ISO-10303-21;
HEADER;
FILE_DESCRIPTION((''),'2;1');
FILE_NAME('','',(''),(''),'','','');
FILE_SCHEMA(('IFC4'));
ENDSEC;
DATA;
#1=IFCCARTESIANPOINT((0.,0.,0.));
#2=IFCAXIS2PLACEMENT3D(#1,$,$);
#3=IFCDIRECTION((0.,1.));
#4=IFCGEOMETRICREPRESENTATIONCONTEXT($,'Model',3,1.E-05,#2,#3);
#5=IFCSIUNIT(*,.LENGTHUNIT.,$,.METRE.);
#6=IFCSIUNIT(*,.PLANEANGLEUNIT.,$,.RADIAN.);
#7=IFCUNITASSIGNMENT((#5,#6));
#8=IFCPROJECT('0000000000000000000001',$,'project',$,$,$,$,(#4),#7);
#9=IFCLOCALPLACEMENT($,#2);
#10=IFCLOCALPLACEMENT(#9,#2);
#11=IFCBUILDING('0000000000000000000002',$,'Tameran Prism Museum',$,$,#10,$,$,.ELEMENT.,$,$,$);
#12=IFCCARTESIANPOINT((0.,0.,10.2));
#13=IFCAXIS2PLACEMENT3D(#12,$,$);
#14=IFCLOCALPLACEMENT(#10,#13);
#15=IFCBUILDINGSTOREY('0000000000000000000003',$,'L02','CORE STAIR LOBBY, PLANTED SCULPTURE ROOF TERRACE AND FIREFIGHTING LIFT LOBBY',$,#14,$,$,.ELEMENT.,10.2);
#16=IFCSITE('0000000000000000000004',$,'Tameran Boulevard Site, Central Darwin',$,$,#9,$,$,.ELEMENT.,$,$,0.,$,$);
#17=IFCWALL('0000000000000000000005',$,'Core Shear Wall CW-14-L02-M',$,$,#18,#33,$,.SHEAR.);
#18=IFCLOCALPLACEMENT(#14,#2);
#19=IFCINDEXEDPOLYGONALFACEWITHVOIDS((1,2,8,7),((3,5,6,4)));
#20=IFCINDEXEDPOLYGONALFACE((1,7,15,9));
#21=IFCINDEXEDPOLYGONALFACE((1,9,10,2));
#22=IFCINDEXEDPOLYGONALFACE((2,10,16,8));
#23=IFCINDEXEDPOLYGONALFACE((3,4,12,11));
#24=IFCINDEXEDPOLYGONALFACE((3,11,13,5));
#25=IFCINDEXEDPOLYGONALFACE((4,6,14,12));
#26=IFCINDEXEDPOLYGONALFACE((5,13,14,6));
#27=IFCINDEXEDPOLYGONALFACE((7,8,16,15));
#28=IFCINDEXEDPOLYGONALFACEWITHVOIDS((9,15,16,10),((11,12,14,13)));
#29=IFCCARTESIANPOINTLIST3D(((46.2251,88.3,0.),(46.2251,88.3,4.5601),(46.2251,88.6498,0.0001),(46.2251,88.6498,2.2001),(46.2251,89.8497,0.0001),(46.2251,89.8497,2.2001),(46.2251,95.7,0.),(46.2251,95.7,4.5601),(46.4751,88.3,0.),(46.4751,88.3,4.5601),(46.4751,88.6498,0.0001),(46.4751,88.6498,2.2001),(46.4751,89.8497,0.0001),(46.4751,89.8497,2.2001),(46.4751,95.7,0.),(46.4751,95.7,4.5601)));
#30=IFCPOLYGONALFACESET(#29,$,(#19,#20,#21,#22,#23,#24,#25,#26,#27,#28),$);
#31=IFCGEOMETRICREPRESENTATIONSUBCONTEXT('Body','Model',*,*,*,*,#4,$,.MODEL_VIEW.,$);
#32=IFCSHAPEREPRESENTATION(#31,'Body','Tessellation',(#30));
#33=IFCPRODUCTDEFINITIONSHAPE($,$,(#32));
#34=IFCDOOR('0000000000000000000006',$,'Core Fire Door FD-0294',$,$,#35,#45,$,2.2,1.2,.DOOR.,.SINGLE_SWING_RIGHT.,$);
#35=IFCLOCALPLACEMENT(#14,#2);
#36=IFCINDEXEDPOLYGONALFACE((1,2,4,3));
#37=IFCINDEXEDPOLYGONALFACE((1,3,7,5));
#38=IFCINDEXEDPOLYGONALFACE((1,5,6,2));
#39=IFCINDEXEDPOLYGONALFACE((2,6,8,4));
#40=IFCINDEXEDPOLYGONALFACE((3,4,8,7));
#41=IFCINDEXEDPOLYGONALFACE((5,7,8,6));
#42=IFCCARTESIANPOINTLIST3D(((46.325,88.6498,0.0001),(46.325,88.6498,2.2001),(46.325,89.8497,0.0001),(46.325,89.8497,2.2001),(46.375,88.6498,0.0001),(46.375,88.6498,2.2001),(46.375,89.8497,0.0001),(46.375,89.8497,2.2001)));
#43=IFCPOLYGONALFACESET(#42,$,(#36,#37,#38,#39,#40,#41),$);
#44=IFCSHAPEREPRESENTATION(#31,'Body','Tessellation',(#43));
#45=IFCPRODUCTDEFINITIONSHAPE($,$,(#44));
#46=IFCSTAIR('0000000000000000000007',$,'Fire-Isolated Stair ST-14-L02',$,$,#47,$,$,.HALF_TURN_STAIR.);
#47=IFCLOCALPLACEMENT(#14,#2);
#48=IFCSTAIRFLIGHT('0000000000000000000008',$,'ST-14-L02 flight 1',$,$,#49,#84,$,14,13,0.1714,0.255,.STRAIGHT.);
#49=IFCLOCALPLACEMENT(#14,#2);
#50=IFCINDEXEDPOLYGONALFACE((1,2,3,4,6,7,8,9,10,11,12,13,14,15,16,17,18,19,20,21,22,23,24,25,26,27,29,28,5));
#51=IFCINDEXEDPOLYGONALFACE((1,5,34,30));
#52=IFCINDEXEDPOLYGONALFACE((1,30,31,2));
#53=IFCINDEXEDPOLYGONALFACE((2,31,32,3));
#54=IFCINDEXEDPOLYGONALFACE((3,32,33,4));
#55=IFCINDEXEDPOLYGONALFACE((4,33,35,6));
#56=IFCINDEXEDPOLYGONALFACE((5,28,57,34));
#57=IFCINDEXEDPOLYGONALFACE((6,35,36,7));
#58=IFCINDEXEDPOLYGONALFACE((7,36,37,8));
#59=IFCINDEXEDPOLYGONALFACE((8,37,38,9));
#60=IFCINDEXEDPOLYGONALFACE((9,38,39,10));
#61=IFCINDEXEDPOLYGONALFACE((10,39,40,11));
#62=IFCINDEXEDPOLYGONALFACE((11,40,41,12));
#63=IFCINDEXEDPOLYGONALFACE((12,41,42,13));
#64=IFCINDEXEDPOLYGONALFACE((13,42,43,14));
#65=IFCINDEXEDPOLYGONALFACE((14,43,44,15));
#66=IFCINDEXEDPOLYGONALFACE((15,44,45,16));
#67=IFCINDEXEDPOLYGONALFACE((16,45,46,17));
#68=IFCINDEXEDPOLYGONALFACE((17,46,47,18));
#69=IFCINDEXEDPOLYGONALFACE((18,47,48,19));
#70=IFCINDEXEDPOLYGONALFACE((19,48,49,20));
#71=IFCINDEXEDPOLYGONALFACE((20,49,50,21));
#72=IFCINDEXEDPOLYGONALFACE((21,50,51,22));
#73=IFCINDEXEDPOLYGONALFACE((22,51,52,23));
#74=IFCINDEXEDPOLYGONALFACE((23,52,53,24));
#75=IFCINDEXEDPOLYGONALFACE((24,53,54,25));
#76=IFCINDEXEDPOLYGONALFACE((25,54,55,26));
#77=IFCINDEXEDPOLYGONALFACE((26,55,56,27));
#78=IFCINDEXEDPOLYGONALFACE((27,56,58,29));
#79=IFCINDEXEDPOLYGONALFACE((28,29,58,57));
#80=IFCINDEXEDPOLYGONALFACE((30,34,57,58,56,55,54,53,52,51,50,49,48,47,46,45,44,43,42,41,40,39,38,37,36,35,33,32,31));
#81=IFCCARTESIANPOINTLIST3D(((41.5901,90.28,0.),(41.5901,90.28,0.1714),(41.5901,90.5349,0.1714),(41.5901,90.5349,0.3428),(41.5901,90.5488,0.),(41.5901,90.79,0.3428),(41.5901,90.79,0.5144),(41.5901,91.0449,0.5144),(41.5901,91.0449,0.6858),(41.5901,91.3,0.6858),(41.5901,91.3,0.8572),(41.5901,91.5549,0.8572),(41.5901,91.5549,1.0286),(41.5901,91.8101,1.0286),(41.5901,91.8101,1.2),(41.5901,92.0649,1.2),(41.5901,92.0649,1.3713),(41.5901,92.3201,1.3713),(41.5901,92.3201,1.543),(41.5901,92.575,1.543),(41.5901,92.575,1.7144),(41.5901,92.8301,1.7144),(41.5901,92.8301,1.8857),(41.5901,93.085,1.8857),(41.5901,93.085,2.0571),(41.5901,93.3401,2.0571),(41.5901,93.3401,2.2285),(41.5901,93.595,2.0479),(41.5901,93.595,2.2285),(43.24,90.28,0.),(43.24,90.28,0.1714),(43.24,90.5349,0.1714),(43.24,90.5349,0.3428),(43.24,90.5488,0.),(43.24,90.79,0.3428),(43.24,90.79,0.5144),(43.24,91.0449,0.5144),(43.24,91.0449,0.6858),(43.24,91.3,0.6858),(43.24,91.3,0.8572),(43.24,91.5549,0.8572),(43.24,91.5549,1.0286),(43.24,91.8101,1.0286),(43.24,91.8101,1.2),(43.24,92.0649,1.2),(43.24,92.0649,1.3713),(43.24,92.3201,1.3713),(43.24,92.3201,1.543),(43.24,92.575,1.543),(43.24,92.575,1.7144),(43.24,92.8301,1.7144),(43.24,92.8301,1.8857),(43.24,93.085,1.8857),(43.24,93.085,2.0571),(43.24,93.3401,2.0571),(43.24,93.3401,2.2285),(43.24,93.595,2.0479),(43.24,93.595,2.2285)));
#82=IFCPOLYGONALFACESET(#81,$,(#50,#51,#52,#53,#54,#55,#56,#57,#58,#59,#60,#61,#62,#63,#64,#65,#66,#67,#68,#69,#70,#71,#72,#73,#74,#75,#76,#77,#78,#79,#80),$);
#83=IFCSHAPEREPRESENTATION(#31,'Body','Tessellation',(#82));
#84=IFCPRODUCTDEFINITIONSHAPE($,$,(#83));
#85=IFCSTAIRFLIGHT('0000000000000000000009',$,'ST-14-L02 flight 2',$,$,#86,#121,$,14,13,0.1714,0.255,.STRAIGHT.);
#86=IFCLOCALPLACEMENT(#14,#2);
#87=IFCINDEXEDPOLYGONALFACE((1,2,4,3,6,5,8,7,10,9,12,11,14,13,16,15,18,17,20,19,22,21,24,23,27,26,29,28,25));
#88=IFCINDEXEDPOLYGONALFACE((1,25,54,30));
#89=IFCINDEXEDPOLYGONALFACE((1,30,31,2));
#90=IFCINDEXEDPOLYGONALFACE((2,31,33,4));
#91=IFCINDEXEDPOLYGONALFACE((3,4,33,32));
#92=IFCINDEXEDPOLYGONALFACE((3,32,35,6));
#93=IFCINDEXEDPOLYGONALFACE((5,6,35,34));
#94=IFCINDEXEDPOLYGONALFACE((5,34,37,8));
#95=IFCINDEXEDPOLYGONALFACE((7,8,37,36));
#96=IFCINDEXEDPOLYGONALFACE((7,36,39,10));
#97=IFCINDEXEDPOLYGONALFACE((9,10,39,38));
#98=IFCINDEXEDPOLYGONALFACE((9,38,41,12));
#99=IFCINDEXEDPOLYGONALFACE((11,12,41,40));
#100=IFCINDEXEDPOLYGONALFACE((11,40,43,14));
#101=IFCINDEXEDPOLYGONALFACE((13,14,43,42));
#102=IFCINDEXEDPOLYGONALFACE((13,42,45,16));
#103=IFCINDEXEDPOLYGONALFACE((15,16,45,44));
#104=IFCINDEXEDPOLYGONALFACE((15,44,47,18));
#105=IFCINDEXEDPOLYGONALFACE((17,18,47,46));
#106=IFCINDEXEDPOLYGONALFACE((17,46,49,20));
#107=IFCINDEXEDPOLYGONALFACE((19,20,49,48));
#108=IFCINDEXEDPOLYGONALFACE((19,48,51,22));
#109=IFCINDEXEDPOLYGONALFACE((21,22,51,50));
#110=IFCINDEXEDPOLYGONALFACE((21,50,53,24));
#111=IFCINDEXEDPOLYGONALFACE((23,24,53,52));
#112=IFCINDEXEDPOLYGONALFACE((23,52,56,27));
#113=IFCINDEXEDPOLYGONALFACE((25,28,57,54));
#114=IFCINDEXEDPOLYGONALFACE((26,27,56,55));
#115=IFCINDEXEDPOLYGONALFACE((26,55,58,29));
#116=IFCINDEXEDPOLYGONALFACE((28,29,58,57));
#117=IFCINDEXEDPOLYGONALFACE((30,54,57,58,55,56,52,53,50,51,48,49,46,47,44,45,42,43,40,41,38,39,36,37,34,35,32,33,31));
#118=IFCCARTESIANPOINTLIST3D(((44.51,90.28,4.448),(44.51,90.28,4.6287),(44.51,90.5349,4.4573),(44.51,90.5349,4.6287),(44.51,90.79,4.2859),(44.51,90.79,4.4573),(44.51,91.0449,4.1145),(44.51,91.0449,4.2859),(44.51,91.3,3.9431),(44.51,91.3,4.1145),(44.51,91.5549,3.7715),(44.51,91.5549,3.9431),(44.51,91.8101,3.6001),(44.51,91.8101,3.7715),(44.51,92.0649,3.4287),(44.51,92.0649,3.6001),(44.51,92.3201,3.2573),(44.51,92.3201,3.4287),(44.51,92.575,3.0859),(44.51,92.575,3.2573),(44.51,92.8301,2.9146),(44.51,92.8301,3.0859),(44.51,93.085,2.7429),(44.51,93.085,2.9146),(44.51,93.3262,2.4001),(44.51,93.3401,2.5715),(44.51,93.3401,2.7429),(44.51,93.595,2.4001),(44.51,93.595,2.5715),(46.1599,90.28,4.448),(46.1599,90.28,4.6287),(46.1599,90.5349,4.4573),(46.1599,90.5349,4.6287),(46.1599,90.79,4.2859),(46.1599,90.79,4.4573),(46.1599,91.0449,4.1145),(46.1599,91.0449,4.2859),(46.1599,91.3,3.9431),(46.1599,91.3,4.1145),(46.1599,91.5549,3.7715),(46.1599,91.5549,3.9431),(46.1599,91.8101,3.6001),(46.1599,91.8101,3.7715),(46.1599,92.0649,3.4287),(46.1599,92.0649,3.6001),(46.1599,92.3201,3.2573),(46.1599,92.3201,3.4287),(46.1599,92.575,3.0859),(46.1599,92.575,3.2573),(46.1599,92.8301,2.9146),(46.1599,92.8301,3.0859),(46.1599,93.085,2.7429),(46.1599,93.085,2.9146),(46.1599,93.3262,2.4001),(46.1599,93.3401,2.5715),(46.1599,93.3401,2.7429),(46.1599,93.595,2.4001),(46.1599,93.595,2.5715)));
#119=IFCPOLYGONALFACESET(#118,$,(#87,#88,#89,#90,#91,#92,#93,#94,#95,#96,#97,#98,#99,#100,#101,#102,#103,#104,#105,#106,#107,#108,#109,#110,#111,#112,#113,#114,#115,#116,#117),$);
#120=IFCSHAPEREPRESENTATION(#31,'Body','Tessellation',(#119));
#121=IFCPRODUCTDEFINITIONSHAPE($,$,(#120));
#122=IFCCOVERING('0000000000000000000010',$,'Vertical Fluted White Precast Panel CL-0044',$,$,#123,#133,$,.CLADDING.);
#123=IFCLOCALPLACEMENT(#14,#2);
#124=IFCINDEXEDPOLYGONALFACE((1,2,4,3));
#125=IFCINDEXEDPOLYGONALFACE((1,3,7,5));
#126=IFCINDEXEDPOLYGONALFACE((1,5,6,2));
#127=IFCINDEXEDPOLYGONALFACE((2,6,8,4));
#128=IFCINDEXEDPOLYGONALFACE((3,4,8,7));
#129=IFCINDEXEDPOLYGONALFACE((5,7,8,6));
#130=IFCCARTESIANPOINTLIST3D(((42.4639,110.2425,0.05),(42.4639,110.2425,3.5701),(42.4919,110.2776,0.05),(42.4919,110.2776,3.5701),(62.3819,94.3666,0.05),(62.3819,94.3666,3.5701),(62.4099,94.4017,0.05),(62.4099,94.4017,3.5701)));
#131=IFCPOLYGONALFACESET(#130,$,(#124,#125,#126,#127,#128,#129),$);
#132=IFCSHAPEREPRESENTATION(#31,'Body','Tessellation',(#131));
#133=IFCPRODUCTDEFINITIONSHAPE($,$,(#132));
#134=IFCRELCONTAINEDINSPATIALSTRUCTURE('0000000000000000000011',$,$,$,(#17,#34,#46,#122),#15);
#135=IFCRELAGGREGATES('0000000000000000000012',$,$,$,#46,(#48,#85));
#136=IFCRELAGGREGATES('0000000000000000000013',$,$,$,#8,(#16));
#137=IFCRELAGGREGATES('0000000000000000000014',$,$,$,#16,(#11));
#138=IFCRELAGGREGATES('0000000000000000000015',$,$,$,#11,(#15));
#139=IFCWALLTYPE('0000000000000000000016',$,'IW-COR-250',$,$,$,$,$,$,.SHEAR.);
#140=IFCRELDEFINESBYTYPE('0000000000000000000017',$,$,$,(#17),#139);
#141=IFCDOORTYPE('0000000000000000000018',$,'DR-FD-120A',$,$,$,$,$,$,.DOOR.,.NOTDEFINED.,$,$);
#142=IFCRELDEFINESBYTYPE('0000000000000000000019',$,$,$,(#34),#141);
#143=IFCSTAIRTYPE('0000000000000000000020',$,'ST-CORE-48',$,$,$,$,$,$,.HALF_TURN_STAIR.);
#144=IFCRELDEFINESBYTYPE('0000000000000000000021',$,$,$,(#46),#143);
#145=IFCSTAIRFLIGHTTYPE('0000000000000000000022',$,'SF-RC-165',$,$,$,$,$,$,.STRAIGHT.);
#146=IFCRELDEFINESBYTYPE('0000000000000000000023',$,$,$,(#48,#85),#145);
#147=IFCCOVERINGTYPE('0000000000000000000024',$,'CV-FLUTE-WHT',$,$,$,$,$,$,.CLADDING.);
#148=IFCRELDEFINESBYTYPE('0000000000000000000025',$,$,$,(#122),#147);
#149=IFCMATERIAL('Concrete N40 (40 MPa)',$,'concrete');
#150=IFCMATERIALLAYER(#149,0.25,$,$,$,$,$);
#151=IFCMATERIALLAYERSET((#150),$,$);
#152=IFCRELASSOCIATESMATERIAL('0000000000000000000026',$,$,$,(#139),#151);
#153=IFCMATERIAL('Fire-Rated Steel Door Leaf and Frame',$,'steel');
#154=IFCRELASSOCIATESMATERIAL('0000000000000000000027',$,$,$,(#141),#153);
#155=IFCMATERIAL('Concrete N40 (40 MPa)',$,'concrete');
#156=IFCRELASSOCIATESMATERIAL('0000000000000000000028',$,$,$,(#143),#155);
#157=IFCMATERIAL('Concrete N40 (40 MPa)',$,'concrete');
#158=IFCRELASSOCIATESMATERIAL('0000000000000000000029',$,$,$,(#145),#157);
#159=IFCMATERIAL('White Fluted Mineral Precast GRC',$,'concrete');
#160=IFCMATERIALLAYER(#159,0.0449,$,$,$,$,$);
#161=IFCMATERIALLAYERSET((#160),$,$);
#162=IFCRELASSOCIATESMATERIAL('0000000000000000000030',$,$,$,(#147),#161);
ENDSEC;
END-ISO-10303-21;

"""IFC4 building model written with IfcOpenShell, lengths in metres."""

from ifc_helpers import new_model, si_unit, direction, frame, frame_2d, origin, place, context, subcontext, project, spatial, polyline, rectangle, outline, extrude, material, layer, layer_set, type_object, element, fill, aggregate, save


model = new_model("IFC4")

# Units and contexts
model_context = context("Model", 3, precision=1e-05, world=origin(), true_north=direction((0.0, 1.0)))
body_context = subcontext(model_context, "Body", "Model", "MODEL_VIEW")
ifc_project = project(units=[si_unit("LENGTHUNIT", "METRE"), si_unit("PLANEANGLEUNIT", "RADIAN")], contexts=[model_context])

# Site, building, storey
site_placement = place(None, origin())
site = spatial("IfcSite", under=ifc_project, at=site_placement, Name="Tameran Boulevard Site, Central Darwin", CompositionType="ELEMENT", RefElevation=0.0)
building_placement = place(site_placement, origin())
building = spatial("IfcBuilding", under=site, at=building_placement, Name="Tameran Prism Museum", CompositionType="ELEMENT")
storey_placement = place(building_placement, frame((0.0, 0.0, 10.2)))
storey = spatial("IfcBuildingStorey", under=building, at=storey_placement, Name="L02", Description="CORE STAIR LOBBY, PLANTED SCULPTURE ROOF TERRACE AND FIREFIGHTING LIFT LOBBY", CompositionType="ELEMENT", Elevation=10.2)

# Shared definitions
ifc_material_1 = material(Name="Concrete N40 (40 MPa)", Category="concrete")
ifc_layer_1 = layer(ifc_material_1, 0.25)
ifc_layer_set_1 = layer_set([ifc_layer_1])
wall_type_1 = type_object("IfcWallType", Name="IW-COR-250", PredefinedType="SHEAR", material=ifc_layer_set_1)

# Wall, opening, door
ifc_material_2 = material(Name="Fire-Rated Steel Door Leaf and Frame", Category="steel")
door_type = type_object("IfcDoorType", Name="DR-FD-120A", OperationType="NOTDEFINED", PredefinedType="DOOR", material=ifc_material_2)
wall_1_placement = place(storey_placement, frame((46.3501, 95.7, 0.0), z_axis=(0.0, 0.0, 1.0), x_axis=(0.0, -1.0, 0.0)))
wall_1 = element("IfcWall", 1, at=wall_1_placement, inside=storey, type_object=wall_type_1, Name="Core Shear Wall CW-14-L02-M", PredefinedType="SHEAR", context=body_context, shape_type="SweptSolid", body=[
    extrude(rectangle(XDim=7.3999, YDim=0.25, at=frame_2d((3.7, 0.0))), origin(), (0.0, 0.0, 1.0), 4.5601),
])
opening_1_placement = place(wall_1_placement, frame((5.8501, 0.0, 0.0)))
opening_1 = element("IfcOpeningElement", 2, at=opening_1_placement, cuts=wall_1, PredefinedType="OPENING", context=body_context, shape_type="SweptSolid", body=[
    extrude(rectangle(XDim=1.2, YDim=2.2, at=frame_2d((0.6001, 1.1001))), frame((0.0, 0.135, 0.0), z_axis=(0.0, -1.0, 0.0), x_axis=(1.0, 0.0, 0.0)), (0.0, 0.0, 1.0), 0.27),
])
door_1_placement = place(opening_1_placement, origin())
door_1 = element("IfcDoor", 3, at=door_1_placement, inside=storey, type_object=door_type, Name="Core Fire Door FD-0294", OperationType="SINGLE_SWING_RIGHT", OverallHeight=2.2, OverallWidth=1.2, PredefinedType="DOOR", context=body_context, shape_type="SweptSolid", body=[
    extrude(rectangle(XDim=1.2, YDim=2.2, at=frame_2d((0.6001, 1.1001))), frame((0.0, 0.0249, 0.0), z_axis=(0.0, -1.0, 0.0), x_axis=(1.0, 0.0, 0.0)), (0.0, 0.0, 1.0), 0.05),
])
fill(opening_1, door_1)

# Stair, stair flights
ifc_material_3 = material(Name="Concrete N40 (40 MPa)", Category="concrete")
stair_type = type_object("IfcStairType", Name="ST-CORE-48", PredefinedType="HALF_TURN_STAIR", material=ifc_material_3)
stair_placement = place(storey_placement, origin())
stair = element("IfcStair", 4, at=stair_placement, inside=storey, type_object=stair_type, Name="Fire-Isolated Stair ST-14-L02", PredefinedType="HALF_TURN_STAIR")
ifc_material_4 = material(Name="Concrete N40 (40 MPa)", Category="concrete")
stair_flight_type = type_object("IfcStairFlightType", Name="SF-RC-165", PredefinedType="STRAIGHT", material=ifc_material_4)
stair_flight_1_placement = place(storey_placement, frame((42.415, 90.28, 0.0), z_axis=(0.0, 0.0, 1.0), x_axis=(0.0, 1.0, 0.0)))
stair_flight_1 = element("IfcStairFlight", 5, at=stair_flight_1_placement, type_object=stair_flight_type, Name="ST-14-L02 flight 1", NumberOfRisers=14, NumberOfTreads=13, PredefinedType="STRAIGHT", RiserHeight=0.1714, TreadLength=0.255, context=body_context, shape_type="SweptSolid", body=[
    extrude(outline(polyline([(0.0, 0.0), (0.0, 0.1714), (0.2549, 0.1714), (0.2549, 0.3428), (0.51, 0.3428), (0.51, 0.5144), (0.7649, 0.5144), (0.7649, 0.6858), (1.02, 0.6858), (1.02, 0.8572), (1.2749, 0.8572), (1.2749, 1.0286), (1.53, 1.0286), (1.53, 1.2), (1.7849, 1.2), (1.7849, 1.3713), (2.04, 1.3713), (2.04, 1.543), (2.2949, 1.543), (2.2949, 1.7144), (2.55, 1.7144), (2.55, 1.8857), (2.8049, 1.8857), (2.8049, 2.0571), (3.0601, 2.0571), (3.0601, 2.2285), (3.3149, 2.2285), (3.3149, 2.3999), (3.3149, 2.0479), (0.2688, 0.0), (0.0, 0.0)])), frame((0.0, 0.825, 0.0), z_axis=(0.0, -1.0, 0.0), x_axis=(1.0, 0.0, 0.0)), (0.0, 0.0, 1.0), 1.6499),
])
stair_flight_2_placement = place(storey_placement, frame((45.335, 93.595, 2.4001), z_axis=(0.0, 0.0, 1.0), x_axis=(0.0, -1.0, 0.0)))
stair_flight_2 = element("IfcStairFlight", 6, at=stair_flight_2_placement, type_object=stair_flight_type, Name="ST-14-L02 flight 2", NumberOfRisers=14, NumberOfTreads=13, PredefinedType="STRAIGHT", RiserHeight=0.1714, TreadLength=0.255, context=body_context, shape_type="SweptSolid", body=[
    extrude(outline(polyline([(0.0, 0.0), (0.0, 0.1714), (0.2549, 0.1714), (0.2549, 0.3428), (0.51, 0.3428), (0.51, 0.5144), (0.7649, 0.5144), (0.7649, 0.6858), (1.02, 0.6858), (1.02, 0.8572), (1.2749, 0.8572), (1.2749, 1.0286), (1.53, 1.0286), (1.53, 1.2), (1.7849, 1.2), (1.7849, 1.3713), (2.04, 1.3713), (2.04, 1.543), (2.2949, 1.543), (2.2949, 1.7144), (2.55, 1.7144), (2.55, 1.8857), (2.8049, 1.8857), (2.8049, 2.0571), (3.0601, 2.0571), (3.0601, 2.2285), (3.3149, 2.2285), (3.3149, 2.3999), (3.3149, 2.0479), (0.2688, 0.0), (0.0, 0.0)])), frame((0.0, 0.825, 0.0), z_axis=(0.0, -1.0, 0.0), x_axis=(1.0, 0.0, 0.0)), (0.0, 0.0, 1.0), 1.6499),
])
aggregate(stair, [stair_flight_1, stair_flight_2])

# Covering
ifc_material_5 = material(Name="White Fluted Mineral Precast GRC", Category="concrete")
ifc_layer_2 = layer(ifc_material_5, 0.0449)
ifc_layer_set_2 = layer_set([ifc_layer_2])
covering_type = type_object("IfcCoveringType", Name="CV-FLUTE-WHT", PredefinedType="CLADDING", material=ifc_layer_set_2)
covering_placement = place(storey_placement, frame((42.478, 110.26, 0.05), z_axis=(0.0, 0.0, 1.0), x_axis=(0.781986, -0.623296, 0.0)))
element("IfcCovering", 7, at=covering_placement, inside=storey, type_object=covering_type, Name="Vertical Fluted White Precast Panel CL-0044", PredefinedType="CLADDING", context=body_context, shape_type="SweptSolid", body=[
    extrude(rectangle(XDim=25.4709, YDim=0.0449, at=frame_2d((12.7354, 0.0))), origin(), (0.0, 0.0, 1.0), 3.52),
])

save(model, "model.ifc")
